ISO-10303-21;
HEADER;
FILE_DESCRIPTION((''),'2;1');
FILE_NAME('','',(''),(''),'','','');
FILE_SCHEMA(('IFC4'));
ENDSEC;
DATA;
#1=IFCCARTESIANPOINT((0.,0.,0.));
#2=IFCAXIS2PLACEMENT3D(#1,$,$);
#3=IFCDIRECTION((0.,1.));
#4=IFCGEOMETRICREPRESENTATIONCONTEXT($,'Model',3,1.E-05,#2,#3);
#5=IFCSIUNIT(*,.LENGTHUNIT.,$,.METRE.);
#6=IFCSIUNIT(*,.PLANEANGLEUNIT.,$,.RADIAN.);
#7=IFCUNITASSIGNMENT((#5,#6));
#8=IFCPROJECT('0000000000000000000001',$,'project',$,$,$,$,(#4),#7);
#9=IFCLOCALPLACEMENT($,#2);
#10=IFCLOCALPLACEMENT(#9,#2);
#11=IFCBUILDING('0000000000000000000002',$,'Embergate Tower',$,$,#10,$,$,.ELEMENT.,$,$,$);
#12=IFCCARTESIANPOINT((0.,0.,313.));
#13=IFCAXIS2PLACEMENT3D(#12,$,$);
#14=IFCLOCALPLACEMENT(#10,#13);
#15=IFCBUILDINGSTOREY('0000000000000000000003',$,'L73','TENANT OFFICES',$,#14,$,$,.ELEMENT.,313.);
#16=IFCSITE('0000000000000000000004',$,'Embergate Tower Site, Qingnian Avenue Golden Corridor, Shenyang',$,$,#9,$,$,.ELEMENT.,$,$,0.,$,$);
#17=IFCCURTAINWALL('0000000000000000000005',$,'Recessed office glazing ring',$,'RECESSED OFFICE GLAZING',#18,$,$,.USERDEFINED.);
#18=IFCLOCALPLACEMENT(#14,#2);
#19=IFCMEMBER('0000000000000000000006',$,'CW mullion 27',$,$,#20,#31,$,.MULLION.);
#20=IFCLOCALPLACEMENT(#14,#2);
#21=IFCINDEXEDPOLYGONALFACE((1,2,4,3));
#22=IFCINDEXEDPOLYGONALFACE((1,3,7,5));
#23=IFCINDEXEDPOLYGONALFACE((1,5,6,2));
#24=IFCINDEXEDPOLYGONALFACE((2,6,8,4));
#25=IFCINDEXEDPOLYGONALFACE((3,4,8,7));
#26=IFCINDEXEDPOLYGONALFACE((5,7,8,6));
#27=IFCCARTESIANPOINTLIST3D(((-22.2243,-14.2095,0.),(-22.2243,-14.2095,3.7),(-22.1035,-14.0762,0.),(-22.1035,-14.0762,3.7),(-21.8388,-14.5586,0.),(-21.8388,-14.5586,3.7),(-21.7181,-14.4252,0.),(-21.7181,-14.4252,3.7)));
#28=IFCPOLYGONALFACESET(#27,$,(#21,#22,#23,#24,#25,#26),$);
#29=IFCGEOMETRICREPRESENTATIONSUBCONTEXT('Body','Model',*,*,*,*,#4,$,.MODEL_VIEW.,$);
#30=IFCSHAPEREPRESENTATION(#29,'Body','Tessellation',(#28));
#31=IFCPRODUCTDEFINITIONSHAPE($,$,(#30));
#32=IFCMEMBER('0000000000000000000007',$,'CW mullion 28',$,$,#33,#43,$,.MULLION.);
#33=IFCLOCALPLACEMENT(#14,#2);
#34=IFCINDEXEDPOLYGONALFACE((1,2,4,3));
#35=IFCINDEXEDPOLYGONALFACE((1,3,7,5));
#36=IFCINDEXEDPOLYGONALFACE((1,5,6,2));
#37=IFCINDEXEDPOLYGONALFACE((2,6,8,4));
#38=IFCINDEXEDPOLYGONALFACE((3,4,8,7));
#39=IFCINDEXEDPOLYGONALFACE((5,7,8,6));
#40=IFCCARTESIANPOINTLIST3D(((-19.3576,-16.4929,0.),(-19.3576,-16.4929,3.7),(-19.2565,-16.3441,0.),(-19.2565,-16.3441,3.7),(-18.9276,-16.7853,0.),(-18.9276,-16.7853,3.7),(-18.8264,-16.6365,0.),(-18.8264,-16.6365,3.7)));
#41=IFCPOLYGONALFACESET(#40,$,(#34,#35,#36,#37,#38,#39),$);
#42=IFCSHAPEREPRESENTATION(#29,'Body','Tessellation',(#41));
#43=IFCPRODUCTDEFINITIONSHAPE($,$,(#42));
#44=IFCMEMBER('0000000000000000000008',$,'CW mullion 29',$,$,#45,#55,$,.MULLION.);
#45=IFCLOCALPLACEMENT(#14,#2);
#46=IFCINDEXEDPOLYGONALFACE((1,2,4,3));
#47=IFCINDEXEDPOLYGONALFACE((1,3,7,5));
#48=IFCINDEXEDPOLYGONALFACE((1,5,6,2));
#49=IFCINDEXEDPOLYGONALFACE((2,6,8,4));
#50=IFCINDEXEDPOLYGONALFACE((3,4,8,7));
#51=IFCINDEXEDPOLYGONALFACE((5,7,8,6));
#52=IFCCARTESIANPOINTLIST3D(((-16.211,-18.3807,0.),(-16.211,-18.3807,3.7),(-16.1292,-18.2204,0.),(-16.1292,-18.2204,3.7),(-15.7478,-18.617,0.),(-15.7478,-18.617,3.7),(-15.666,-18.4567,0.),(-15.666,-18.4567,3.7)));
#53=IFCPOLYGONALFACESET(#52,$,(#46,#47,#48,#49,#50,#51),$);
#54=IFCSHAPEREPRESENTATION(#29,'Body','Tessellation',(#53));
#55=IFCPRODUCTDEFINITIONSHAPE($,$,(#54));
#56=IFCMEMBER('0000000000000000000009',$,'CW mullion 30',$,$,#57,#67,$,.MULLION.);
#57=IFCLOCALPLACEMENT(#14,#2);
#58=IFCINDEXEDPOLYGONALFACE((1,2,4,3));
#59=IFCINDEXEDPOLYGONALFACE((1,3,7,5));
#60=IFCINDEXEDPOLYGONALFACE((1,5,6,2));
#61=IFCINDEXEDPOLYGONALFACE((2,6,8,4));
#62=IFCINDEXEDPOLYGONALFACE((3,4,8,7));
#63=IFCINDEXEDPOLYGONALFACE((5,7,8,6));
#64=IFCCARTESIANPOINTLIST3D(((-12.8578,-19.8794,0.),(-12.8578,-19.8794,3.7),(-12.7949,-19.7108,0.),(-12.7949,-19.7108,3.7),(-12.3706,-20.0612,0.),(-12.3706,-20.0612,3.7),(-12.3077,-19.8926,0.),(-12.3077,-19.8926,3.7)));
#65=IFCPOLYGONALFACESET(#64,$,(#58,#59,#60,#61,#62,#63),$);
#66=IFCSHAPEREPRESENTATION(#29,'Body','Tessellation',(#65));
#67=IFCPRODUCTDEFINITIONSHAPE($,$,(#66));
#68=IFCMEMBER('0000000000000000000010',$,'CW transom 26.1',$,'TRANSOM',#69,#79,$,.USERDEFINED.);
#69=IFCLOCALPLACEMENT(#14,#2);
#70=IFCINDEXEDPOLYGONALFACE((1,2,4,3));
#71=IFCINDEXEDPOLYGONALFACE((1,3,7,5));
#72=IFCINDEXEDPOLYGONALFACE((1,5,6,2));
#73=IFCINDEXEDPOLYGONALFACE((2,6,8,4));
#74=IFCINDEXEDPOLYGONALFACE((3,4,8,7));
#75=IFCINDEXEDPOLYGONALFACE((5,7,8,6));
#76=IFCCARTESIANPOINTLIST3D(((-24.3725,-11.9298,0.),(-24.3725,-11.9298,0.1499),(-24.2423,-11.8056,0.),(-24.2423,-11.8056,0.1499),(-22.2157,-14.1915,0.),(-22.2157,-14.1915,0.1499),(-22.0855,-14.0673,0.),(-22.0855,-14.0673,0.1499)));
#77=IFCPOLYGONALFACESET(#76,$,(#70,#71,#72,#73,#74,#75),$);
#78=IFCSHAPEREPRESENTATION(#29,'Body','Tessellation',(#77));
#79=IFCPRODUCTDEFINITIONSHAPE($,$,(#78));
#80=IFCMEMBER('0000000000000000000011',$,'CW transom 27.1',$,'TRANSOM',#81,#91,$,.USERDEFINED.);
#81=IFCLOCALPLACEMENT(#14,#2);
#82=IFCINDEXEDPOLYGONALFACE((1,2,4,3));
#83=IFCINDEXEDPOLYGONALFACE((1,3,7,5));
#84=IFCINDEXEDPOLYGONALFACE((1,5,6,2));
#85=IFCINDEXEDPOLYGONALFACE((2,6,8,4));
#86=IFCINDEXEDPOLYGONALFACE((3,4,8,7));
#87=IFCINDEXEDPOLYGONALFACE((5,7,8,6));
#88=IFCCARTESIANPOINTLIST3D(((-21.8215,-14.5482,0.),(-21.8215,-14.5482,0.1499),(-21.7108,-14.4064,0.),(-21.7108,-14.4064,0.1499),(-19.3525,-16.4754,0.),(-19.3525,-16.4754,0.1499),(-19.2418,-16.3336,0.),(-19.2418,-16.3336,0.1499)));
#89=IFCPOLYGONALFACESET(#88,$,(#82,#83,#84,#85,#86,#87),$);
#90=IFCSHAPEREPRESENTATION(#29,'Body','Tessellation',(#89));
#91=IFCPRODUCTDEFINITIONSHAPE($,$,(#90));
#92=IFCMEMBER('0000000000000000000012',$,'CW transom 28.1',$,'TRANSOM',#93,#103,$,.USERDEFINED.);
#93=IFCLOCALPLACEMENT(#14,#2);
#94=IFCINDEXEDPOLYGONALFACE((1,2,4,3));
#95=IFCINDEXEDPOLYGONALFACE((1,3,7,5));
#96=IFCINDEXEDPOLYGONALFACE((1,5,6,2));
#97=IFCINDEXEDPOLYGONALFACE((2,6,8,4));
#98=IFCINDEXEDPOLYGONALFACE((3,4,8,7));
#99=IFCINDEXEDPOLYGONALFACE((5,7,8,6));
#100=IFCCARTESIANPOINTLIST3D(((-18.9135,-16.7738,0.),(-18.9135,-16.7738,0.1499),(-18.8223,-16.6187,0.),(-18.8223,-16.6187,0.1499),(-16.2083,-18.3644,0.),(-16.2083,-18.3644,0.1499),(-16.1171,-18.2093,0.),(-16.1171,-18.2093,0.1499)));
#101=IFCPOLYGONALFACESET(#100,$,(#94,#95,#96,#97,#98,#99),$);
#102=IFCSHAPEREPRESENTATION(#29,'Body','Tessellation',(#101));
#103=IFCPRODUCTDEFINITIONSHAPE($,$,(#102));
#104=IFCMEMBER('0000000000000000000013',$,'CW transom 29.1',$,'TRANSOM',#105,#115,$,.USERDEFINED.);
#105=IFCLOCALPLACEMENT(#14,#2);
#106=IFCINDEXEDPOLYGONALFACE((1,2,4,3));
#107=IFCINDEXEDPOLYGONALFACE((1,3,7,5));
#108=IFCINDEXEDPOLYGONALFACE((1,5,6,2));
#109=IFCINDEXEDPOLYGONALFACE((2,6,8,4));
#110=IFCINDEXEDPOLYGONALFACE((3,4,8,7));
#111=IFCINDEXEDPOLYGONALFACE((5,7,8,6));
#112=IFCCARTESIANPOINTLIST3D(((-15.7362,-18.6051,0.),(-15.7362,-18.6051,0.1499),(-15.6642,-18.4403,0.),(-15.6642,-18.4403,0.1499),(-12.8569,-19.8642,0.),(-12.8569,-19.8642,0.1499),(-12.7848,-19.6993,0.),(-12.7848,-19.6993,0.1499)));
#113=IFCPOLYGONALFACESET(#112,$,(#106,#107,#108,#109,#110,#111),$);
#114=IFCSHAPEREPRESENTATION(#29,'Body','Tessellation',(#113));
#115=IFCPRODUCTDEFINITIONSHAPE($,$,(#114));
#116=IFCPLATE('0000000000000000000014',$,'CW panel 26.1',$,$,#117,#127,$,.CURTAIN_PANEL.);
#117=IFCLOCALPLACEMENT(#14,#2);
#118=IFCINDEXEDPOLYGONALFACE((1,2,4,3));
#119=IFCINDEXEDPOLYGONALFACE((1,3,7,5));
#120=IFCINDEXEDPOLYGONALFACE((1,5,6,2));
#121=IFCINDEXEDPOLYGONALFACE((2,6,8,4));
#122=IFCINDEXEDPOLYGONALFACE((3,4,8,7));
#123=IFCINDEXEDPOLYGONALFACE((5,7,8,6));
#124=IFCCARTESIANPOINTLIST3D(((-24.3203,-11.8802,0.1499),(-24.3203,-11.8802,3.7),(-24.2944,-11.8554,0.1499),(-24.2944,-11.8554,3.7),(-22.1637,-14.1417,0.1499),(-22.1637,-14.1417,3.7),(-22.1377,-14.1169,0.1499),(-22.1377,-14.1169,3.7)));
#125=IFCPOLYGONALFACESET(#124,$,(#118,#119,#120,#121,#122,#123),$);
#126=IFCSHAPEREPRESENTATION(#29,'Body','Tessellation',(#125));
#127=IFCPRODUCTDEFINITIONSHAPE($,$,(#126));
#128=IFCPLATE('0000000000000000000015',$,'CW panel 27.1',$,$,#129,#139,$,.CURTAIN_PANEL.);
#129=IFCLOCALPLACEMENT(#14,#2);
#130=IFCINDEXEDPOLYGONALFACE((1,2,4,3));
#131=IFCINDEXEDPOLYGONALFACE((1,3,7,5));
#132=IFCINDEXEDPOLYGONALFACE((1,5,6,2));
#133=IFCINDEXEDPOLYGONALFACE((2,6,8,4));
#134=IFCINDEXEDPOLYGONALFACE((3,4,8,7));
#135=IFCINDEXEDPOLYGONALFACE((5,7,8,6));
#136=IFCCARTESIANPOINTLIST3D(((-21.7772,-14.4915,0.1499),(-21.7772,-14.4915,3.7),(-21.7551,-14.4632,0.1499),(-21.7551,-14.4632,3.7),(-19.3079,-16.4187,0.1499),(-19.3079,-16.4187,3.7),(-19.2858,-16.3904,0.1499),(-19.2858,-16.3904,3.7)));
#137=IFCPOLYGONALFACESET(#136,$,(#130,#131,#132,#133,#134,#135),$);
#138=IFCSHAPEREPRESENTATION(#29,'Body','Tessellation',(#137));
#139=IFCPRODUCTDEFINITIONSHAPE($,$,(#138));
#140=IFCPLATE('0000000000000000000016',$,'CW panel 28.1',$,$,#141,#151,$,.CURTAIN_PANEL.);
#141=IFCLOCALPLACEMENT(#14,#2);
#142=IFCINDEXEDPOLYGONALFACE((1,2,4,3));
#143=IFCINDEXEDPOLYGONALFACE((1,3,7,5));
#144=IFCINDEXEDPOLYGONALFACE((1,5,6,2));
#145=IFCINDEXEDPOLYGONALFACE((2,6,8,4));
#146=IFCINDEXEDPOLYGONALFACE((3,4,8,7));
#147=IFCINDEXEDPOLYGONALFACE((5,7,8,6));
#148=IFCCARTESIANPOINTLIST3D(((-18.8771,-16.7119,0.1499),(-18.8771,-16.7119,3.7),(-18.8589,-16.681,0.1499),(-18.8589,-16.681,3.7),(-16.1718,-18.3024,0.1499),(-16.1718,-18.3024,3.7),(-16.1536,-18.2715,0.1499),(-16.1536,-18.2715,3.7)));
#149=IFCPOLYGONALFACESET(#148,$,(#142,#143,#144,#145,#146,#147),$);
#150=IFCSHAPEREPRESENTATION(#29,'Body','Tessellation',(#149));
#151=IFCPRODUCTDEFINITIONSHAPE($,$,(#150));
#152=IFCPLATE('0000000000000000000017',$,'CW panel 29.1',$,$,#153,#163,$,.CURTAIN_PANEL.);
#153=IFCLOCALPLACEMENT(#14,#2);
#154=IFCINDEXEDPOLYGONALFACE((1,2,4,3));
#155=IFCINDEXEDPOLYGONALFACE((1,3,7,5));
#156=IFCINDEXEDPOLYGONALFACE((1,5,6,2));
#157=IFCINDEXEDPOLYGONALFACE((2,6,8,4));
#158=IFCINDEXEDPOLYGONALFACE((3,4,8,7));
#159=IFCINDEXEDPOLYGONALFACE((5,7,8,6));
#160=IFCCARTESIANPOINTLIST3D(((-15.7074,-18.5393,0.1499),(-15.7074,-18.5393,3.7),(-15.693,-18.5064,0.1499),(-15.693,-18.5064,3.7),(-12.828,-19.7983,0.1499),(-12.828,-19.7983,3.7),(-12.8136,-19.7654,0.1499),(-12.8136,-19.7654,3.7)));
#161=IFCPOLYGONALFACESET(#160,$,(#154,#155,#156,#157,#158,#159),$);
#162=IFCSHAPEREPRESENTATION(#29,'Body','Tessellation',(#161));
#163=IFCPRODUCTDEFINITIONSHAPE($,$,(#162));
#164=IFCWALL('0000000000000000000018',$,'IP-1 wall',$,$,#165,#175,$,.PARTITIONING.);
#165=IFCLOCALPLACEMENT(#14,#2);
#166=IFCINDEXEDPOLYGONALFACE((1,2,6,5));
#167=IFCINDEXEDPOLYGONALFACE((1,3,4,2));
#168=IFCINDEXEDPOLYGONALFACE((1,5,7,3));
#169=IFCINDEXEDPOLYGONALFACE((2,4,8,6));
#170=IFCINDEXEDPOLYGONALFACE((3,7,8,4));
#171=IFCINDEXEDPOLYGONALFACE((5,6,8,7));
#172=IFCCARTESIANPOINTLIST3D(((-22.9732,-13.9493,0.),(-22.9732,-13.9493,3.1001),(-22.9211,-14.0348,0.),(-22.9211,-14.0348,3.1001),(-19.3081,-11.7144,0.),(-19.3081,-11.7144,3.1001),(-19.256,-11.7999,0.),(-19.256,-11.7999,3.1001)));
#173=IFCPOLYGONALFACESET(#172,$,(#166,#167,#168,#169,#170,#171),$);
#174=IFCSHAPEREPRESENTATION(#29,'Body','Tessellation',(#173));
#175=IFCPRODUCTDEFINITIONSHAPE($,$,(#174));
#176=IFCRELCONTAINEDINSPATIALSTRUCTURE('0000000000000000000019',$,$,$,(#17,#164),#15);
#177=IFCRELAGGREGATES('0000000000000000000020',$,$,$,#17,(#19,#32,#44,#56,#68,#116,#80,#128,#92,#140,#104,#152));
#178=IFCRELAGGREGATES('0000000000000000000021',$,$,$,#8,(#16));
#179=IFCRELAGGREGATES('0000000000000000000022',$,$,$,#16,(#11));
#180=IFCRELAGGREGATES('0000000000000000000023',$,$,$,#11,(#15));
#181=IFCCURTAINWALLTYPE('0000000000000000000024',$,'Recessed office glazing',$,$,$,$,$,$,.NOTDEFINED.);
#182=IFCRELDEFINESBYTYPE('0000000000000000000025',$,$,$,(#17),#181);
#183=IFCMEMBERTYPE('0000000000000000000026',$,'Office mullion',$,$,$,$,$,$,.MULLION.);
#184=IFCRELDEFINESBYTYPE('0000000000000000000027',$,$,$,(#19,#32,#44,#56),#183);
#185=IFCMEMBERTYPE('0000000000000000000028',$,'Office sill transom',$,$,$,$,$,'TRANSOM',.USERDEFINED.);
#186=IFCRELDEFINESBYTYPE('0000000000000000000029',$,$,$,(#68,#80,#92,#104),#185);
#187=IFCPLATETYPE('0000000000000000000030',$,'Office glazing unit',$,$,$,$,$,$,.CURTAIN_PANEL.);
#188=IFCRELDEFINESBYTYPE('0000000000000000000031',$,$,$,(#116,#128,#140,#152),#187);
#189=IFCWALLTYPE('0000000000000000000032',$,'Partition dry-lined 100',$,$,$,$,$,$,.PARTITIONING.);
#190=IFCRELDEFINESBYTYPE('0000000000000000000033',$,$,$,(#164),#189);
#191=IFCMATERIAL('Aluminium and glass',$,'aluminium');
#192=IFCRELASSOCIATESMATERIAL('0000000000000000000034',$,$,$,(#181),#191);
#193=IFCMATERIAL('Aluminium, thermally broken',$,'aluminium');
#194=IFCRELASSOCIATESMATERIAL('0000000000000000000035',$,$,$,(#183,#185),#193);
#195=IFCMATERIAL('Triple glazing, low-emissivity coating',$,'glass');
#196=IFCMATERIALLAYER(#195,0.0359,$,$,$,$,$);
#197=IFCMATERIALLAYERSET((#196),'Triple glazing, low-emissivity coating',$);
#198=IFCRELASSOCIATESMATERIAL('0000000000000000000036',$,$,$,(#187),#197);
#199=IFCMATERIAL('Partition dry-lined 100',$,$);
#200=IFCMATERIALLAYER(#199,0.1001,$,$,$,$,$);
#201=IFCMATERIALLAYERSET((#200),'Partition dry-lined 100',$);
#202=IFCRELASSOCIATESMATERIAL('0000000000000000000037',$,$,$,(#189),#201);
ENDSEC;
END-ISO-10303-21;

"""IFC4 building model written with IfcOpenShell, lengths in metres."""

from ifc_helpers import new_model, si_unit, direction, frame, frame_2d, origin, origin_2d, place, context, subcontext, project, spatial, rectangle, extrude, source, transform, mapped, material, layer, layer_set, material_profile, profile_set, type_object, element, aggregate, save


model = new_model("IFC4")

# Units and contexts
model_context = context("Model", 3, precision=1e-05, world=origin(), true_north=direction((0.0, 1.0)))
body_context = subcontext(model_context, "Body", "Model", "MODEL_VIEW")
ifc_project = project(units=[si_unit("LENGTHUNIT", "METRE"), si_unit("PLANEANGLEUNIT", "RADIAN")], contexts=[model_context])

# Site, building, storey
site_placement = place(None, origin())
site = spatial("IfcSite", under=ifc_project, at=site_placement, Name="Embergate Tower Site, Qingnian Avenue Golden Corridor, Shenyang", CompositionType="ELEMENT", RefElevation=0.0)
building_placement = place(site_placement, origin())
building = spatial("IfcBuilding", under=site, at=building_placement, Name="Embergate Tower", CompositionType="ELEMENT")
storey_placement = place(building_placement, frame((0.0, 0.0, 313.0)))
storey = spatial("IfcBuildingStorey", under=building, at=storey_placement, Name="L73", Description="TENANT OFFICES", CompositionType="ELEMENT", Elevation=313.0)

# Curtain wall, members, plates
ifc_material_1 = material(Name="Aluminium and glass", Category="aluminium")
curtain_wall_type = type_object("IfcCurtainWallType", Name="Recessed office glazing", PredefinedType="NOTDEFINED", material=ifc_material_1)
curtain_wall_placement = place(storey_placement, origin())
curtain_wall = element("IfcCurtainWall", 1, at=curtain_wall_placement, inside=storey, type_object=curtain_wall_type, Name="Recessed office glazing ring", ObjectType="RECESSED OFFICE GLAZING", PredefinedType="USERDEFINED")
ifc_material_2 = material(Name="Aluminium, thermally broken", Category="aluminium")
ifc_material_profile_1 = material_profile(ifc_material_2, rectangle(XDim=0.1799, YDim=0.52, at=origin_2d()), Name="AL 520x180")
ifc_profile_set_1 = profile_set([ifc_material_profile_1], Name="Aluminium, thermally broken")
member_type_1 = type_object("IfcMemberType", Name="Office mullion", PredefinedType="MULLION", material=ifc_profile_set_1)
shared_shape_1 = source(origin(), body_context, "Body", "SweptSolid", [
    extrude(rectangle(XDim=0.1799, YDim=0.52, at=origin_2d()), origin(), (0.0, 0.0, 1.0), 3.7),
])
member_1_placement = place(storey_placement, frame((-21.9712, -14.3174, 0.0), z_axis=(0.0, 0.0, 1.0), x_axis=(0.671217, 0.74126, 0.0)))
member_1 = element("IfcMember", 2, at=member_1_placement, type_object=member_type_1, Name="CW mullion 27", PredefinedType="MULLION", context=body_context, shape_type="MappedRepresentation", body=[
    mapped(shared_shape_1, transform((0.0, 0.0, 0.0))),
])
member_2_placement = place(storey_placement, frame((-19.092, -16.5647, 0.0), z_axis=(0.0, 0.0, 1.0), x_axis=(0.56221, 0.826994, 0.0)))
member_2 = element("IfcMember", 3, at=member_2_placement, type_object=member_type_1, Name="CW mullion 28", PredefinedType="MULLION", context=body_context, shape_type="MappedRepresentation", body=[
    mapped(shared_shape_1, transform((0.0, 0.0, 0.0))),
])
member_3_placement = place(storey_placement, frame((-15.9385, -18.4187, 0.0), z_axis=(0.0, 0.0, 1.0), x_axis=(0.454507, 0.890743, 0.0)))
member_3 = element("IfcMember", 4, at=member_3_placement, type_object=member_type_1, Name="CW mullion 29", PredefinedType="MULLION", context=body_context, shape_type="MappedRepresentation", body=[
    mapped(shared_shape_1, transform((0.0, 0.0, 0.0))),
])
member_4_placement = place(storey_placement, frame((-12.5828, -19.886, 0.0), z_axis=(0.0, 0.0, 1.0), x_axis=(0.349501, 0.936936, 0.0)))
member_4 = element("IfcMember", 5, at=member_4_placement, type_object=member_type_1, Name="CW mullion 30", PredefinedType="MULLION", context=body_context, shape_type="MappedRepresentation", body=[
    mapped(shared_shape_1, transform((0.0, 0.0, 0.0))),
])
ifc_material_profile_2 = material_profile(ifc_material_2, rectangle(XDim=0.1799, YDim=0.1499, at=origin_2d()), Name="AL 150x180")
ifc_profile_set_2 = profile_set([ifc_material_profile_2], Name="Aluminium, thermally broken")
member_type_2 = type_object("IfcMemberType", Name="Office sill transom", ElementType="TRANSOM", PredefinedType="USERDEFINED", material=ifc_profile_set_2)
shared_shape_2 = source(origin(), body_context, "Body", "SweptSolid", [
    extrude(rectangle(XDim=0.1799, YDim=0.1499, at=origin_2d()), origin(), (0.0, 0.0, 1.0), 3.1252),
])
member_5_placement = place(storey_placement, frame((-24.3074, -11.8677, 0.075), z_axis=(0.690111, -0.723703, 0.0), x_axis=(0.723703, 0.690111, 0.0)))
member_5 = element("IfcMember", 6, at=member_5_placement, type_object=member_type_2, Name="CW transom 26.1", ObjectType="TRANSOM", PredefinedType="USERDEFINED", context=body_context, shape_type="MappedRepresentation", body=[
    mapped(shared_shape_2, transform((0.0, 0.0, 0.0))),
])
shared_shape_3 = source(origin(), body_context, "Body", "SweptSolid", [
    extrude(rectangle(XDim=0.1799, YDim=0.1499, at=origin_2d()), origin(), (0.0, 0.0, 1.0), 3.1321),
])
member_6_placement = place(storey_placement, frame((-21.7661, -14.4773, 0.075), z_axis=(0.788281, -0.615316, 0.0), x_axis=(0.615316, 0.788281, 0.0)))
member_6 = element("IfcMember", 7, at=member_6_placement, type_object=member_type_2, Name="CW transom 27.1", ObjectType="TRANSOM", PredefinedType="USERDEFINED", context=body_context, shape_type="MappedRepresentation", body=[
    mapped(shared_shape_3, transform((0.0, 0.0, 0.0))),
])
shared_shape_4 = source(origin(), body_context, "Body", "SweptSolid", [
    extrude(rectangle(XDim=0.1799, YDim=0.1499, at=origin_2d()), origin(), (0.0, 0.0, 1.0), 3.1382),
])
member_7_placement = place(storey_placement, frame((-18.8679, -16.6963, 0.075), z_axis=(0.862044, -0.506833, 0.0), x_axis=(0.506833, 0.862044, 0.0)))
member_7 = element("IfcMember", 8, at=member_7_placement, type_object=member_type_2, Name="CW transom 28.1", ObjectType="TRANSOM", PredefinedType="USERDEFINED", context=body_context, shape_type="MappedRepresentation", body=[
    mapped(shared_shape_4, transform((0.0, 0.0, 0.0))),
])
shared_shape_5 = source(origin(), body_context, "Body", "SweptSolid", [
    extrude(rectangle(XDim=0.1799, YDim=0.1499, at=origin_2d()), origin(), (0.0, 0.0, 1.0), 3.1426),
])
member_8_placement = place(storey_placement, frame((-15.7002, -18.5227, 0.075), z_axis=(0.916239, -0.400631, 0.0), x_axis=(0.400631, 0.916239, 0.0)))
member_8 = element("IfcMember", 9, at=member_8_placement, type_object=member_type_2, Name="CW transom 29.1", ObjectType="TRANSOM", PredefinedType="USERDEFINED", context=body_context, shape_type="MappedRepresentation", body=[
    mapped(shared_shape_5, transform((0.0, 0.0, 0.0))),
])
ifc_material_3 = material(Name="Triple glazing, low-emissivity coating", Category="glass")
ifc_layer_1 = layer(ifc_material_3, 0.0359)
ifc_layer_set_1 = layer_set([ifc_layer_1], Name="Triple glazing, low-emissivity coating")
plate_type = type_object("IfcPlateType", Name="Office glazing unit", PredefinedType="CURTAIN_PANEL", material=ifc_layer_set_1)
shared_shape_6 = source(origin(), body_context, "Body", "SweptSolid", [
    extrude(rectangle(XDim=3.125, YDim=0.0359, at=origin_2d()), origin(), (0.0, 0.0, 1.0), 3.55),
])
plate_1_placement = place(storey_placement, frame((-23.229, -12.9985, 0.1499), z_axis=(0.0, 0.0, 1.0), x_axis=(0.690134, -0.723682, 0.0)))
plate_1 = element("IfcPlate", 10, at=plate_1_placement, type_object=plate_type, Name="CW panel 26.1", PredefinedType="CURTAIN_PANEL", context=body_context, shape_type="MappedRepresentation", body=[
    mapped(shared_shape_6, transform((0.0, 0.0, 0.0))),
])
shared_shape_7 = source(origin(), body_context, "Body", "SweptSolid", [
    extrude(rectangle(XDim=3.1323, YDim=0.0359, at=origin_2d()), origin(), (0.0, 0.0, 1.0), 3.55),
])
plate_2_placement = place(storey_placement, frame((-20.5315, -15.4409, 0.1499), z_axis=(0.0, 0.0, 1.0), x_axis=(0.788319, -0.615267, 0.0)))
plate_2 = element("IfcPlate", 11, at=plate_2_placement, type_object=plate_type, Name="CW panel 27.1", PredefinedType="CURTAIN_PANEL", context=body_context, shape_type="MappedRepresentation", body=[
    mapped(shared_shape_7, transform((0.0, 0.0, 0.0))),
])
shared_shape_8 = source(origin(), body_context, "Body", "SweptSolid", [
    extrude(rectangle(XDim=3.1382, YDim=0.0359, at=origin_2d()), origin(), (0.0, 0.0, 1.0), 3.55),
])
plate_3_placement = place(storey_placement, frame((-17.5154, -17.4917, 0.1499), z_axis=(0.0, 0.0, 1.0), x_axis=(0.862051, -0.506821, 0.0)))
plate_3 = element("IfcPlate", 12, at=plate_3_placement, type_object=plate_type, Name="CW panel 28.1", PredefinedType="CURTAIN_PANEL", context=body_context, shape_type="MappedRepresentation", body=[
    mapped(shared_shape_8, transform((0.0, 0.0, 0.0))),
])
shared_shape_9 = source(origin(), body_context, "Body", "SweptSolid", [
    extrude(rectangle(XDim=3.1426, YDim=0.0359, at=origin_2d()), origin(), (0.0, 0.0, 1.0), 3.55),
])
plate_4_placement = place(storey_placement, frame((-14.2605, -19.1523, 0.1499), z_axis=(0.0, 0.0, 1.0), x_axis=(0.916235, -0.400642, 0.0)))
plate_4 = element("IfcPlate", 13, at=plate_4_placement, type_object=plate_type, Name="CW panel 29.1", PredefinedType="CURTAIN_PANEL", context=body_context, shape_type="MappedRepresentation", body=[
    mapped(shared_shape_9, transform((0.0, 0.0, 0.0))),
])
aggregate(curtain_wall, [member_1, member_2, member_3, member_4, member_5, plate_1, member_6, plate_2, member_7, plate_3, member_8, plate_4])

# Wall
ifc_material_4 = material(Name="Partition dry-lined 100")
ifc_layer_2 = layer(ifc_material_4, 0.1001)
ifc_layer_set_2 = layer_set([ifc_layer_2], Name="Partition dry-lined 100")
wall_type = type_object("IfcWallType", Name="Partition dry-lined 100", PredefinedType="PARTITIONING", material=ifc_layer_set_2)
shared_shape_10 = source(origin(), body_context, "Body", "SweptSolid", [
    extrude(rectangle(XDim=4.2927, YDim=0.1001, at=frame_2d((2.1465, 0.0))), origin(), (0.0, 0.0, 1.0), 3.1001),
])
wall_1_placement = place(storey_placement, frame((-19.282, -11.7571, 0.0), z_axis=(0.0, 0.0, 1.0), x_axis=(-0.853788, -0.520622, 0.0)))
element("IfcWall", 14, at=wall_1_placement, inside=storey, type_object=wall_type, Name="IP-1 wall", PredefinedType="PARTITIONING", context=body_context, shape_type="MappedRepresentation", body=[
    mapped(shared_shape_10, transform((0.0, 0.0, 0.0))),
])

save(model, "model.ifc")
